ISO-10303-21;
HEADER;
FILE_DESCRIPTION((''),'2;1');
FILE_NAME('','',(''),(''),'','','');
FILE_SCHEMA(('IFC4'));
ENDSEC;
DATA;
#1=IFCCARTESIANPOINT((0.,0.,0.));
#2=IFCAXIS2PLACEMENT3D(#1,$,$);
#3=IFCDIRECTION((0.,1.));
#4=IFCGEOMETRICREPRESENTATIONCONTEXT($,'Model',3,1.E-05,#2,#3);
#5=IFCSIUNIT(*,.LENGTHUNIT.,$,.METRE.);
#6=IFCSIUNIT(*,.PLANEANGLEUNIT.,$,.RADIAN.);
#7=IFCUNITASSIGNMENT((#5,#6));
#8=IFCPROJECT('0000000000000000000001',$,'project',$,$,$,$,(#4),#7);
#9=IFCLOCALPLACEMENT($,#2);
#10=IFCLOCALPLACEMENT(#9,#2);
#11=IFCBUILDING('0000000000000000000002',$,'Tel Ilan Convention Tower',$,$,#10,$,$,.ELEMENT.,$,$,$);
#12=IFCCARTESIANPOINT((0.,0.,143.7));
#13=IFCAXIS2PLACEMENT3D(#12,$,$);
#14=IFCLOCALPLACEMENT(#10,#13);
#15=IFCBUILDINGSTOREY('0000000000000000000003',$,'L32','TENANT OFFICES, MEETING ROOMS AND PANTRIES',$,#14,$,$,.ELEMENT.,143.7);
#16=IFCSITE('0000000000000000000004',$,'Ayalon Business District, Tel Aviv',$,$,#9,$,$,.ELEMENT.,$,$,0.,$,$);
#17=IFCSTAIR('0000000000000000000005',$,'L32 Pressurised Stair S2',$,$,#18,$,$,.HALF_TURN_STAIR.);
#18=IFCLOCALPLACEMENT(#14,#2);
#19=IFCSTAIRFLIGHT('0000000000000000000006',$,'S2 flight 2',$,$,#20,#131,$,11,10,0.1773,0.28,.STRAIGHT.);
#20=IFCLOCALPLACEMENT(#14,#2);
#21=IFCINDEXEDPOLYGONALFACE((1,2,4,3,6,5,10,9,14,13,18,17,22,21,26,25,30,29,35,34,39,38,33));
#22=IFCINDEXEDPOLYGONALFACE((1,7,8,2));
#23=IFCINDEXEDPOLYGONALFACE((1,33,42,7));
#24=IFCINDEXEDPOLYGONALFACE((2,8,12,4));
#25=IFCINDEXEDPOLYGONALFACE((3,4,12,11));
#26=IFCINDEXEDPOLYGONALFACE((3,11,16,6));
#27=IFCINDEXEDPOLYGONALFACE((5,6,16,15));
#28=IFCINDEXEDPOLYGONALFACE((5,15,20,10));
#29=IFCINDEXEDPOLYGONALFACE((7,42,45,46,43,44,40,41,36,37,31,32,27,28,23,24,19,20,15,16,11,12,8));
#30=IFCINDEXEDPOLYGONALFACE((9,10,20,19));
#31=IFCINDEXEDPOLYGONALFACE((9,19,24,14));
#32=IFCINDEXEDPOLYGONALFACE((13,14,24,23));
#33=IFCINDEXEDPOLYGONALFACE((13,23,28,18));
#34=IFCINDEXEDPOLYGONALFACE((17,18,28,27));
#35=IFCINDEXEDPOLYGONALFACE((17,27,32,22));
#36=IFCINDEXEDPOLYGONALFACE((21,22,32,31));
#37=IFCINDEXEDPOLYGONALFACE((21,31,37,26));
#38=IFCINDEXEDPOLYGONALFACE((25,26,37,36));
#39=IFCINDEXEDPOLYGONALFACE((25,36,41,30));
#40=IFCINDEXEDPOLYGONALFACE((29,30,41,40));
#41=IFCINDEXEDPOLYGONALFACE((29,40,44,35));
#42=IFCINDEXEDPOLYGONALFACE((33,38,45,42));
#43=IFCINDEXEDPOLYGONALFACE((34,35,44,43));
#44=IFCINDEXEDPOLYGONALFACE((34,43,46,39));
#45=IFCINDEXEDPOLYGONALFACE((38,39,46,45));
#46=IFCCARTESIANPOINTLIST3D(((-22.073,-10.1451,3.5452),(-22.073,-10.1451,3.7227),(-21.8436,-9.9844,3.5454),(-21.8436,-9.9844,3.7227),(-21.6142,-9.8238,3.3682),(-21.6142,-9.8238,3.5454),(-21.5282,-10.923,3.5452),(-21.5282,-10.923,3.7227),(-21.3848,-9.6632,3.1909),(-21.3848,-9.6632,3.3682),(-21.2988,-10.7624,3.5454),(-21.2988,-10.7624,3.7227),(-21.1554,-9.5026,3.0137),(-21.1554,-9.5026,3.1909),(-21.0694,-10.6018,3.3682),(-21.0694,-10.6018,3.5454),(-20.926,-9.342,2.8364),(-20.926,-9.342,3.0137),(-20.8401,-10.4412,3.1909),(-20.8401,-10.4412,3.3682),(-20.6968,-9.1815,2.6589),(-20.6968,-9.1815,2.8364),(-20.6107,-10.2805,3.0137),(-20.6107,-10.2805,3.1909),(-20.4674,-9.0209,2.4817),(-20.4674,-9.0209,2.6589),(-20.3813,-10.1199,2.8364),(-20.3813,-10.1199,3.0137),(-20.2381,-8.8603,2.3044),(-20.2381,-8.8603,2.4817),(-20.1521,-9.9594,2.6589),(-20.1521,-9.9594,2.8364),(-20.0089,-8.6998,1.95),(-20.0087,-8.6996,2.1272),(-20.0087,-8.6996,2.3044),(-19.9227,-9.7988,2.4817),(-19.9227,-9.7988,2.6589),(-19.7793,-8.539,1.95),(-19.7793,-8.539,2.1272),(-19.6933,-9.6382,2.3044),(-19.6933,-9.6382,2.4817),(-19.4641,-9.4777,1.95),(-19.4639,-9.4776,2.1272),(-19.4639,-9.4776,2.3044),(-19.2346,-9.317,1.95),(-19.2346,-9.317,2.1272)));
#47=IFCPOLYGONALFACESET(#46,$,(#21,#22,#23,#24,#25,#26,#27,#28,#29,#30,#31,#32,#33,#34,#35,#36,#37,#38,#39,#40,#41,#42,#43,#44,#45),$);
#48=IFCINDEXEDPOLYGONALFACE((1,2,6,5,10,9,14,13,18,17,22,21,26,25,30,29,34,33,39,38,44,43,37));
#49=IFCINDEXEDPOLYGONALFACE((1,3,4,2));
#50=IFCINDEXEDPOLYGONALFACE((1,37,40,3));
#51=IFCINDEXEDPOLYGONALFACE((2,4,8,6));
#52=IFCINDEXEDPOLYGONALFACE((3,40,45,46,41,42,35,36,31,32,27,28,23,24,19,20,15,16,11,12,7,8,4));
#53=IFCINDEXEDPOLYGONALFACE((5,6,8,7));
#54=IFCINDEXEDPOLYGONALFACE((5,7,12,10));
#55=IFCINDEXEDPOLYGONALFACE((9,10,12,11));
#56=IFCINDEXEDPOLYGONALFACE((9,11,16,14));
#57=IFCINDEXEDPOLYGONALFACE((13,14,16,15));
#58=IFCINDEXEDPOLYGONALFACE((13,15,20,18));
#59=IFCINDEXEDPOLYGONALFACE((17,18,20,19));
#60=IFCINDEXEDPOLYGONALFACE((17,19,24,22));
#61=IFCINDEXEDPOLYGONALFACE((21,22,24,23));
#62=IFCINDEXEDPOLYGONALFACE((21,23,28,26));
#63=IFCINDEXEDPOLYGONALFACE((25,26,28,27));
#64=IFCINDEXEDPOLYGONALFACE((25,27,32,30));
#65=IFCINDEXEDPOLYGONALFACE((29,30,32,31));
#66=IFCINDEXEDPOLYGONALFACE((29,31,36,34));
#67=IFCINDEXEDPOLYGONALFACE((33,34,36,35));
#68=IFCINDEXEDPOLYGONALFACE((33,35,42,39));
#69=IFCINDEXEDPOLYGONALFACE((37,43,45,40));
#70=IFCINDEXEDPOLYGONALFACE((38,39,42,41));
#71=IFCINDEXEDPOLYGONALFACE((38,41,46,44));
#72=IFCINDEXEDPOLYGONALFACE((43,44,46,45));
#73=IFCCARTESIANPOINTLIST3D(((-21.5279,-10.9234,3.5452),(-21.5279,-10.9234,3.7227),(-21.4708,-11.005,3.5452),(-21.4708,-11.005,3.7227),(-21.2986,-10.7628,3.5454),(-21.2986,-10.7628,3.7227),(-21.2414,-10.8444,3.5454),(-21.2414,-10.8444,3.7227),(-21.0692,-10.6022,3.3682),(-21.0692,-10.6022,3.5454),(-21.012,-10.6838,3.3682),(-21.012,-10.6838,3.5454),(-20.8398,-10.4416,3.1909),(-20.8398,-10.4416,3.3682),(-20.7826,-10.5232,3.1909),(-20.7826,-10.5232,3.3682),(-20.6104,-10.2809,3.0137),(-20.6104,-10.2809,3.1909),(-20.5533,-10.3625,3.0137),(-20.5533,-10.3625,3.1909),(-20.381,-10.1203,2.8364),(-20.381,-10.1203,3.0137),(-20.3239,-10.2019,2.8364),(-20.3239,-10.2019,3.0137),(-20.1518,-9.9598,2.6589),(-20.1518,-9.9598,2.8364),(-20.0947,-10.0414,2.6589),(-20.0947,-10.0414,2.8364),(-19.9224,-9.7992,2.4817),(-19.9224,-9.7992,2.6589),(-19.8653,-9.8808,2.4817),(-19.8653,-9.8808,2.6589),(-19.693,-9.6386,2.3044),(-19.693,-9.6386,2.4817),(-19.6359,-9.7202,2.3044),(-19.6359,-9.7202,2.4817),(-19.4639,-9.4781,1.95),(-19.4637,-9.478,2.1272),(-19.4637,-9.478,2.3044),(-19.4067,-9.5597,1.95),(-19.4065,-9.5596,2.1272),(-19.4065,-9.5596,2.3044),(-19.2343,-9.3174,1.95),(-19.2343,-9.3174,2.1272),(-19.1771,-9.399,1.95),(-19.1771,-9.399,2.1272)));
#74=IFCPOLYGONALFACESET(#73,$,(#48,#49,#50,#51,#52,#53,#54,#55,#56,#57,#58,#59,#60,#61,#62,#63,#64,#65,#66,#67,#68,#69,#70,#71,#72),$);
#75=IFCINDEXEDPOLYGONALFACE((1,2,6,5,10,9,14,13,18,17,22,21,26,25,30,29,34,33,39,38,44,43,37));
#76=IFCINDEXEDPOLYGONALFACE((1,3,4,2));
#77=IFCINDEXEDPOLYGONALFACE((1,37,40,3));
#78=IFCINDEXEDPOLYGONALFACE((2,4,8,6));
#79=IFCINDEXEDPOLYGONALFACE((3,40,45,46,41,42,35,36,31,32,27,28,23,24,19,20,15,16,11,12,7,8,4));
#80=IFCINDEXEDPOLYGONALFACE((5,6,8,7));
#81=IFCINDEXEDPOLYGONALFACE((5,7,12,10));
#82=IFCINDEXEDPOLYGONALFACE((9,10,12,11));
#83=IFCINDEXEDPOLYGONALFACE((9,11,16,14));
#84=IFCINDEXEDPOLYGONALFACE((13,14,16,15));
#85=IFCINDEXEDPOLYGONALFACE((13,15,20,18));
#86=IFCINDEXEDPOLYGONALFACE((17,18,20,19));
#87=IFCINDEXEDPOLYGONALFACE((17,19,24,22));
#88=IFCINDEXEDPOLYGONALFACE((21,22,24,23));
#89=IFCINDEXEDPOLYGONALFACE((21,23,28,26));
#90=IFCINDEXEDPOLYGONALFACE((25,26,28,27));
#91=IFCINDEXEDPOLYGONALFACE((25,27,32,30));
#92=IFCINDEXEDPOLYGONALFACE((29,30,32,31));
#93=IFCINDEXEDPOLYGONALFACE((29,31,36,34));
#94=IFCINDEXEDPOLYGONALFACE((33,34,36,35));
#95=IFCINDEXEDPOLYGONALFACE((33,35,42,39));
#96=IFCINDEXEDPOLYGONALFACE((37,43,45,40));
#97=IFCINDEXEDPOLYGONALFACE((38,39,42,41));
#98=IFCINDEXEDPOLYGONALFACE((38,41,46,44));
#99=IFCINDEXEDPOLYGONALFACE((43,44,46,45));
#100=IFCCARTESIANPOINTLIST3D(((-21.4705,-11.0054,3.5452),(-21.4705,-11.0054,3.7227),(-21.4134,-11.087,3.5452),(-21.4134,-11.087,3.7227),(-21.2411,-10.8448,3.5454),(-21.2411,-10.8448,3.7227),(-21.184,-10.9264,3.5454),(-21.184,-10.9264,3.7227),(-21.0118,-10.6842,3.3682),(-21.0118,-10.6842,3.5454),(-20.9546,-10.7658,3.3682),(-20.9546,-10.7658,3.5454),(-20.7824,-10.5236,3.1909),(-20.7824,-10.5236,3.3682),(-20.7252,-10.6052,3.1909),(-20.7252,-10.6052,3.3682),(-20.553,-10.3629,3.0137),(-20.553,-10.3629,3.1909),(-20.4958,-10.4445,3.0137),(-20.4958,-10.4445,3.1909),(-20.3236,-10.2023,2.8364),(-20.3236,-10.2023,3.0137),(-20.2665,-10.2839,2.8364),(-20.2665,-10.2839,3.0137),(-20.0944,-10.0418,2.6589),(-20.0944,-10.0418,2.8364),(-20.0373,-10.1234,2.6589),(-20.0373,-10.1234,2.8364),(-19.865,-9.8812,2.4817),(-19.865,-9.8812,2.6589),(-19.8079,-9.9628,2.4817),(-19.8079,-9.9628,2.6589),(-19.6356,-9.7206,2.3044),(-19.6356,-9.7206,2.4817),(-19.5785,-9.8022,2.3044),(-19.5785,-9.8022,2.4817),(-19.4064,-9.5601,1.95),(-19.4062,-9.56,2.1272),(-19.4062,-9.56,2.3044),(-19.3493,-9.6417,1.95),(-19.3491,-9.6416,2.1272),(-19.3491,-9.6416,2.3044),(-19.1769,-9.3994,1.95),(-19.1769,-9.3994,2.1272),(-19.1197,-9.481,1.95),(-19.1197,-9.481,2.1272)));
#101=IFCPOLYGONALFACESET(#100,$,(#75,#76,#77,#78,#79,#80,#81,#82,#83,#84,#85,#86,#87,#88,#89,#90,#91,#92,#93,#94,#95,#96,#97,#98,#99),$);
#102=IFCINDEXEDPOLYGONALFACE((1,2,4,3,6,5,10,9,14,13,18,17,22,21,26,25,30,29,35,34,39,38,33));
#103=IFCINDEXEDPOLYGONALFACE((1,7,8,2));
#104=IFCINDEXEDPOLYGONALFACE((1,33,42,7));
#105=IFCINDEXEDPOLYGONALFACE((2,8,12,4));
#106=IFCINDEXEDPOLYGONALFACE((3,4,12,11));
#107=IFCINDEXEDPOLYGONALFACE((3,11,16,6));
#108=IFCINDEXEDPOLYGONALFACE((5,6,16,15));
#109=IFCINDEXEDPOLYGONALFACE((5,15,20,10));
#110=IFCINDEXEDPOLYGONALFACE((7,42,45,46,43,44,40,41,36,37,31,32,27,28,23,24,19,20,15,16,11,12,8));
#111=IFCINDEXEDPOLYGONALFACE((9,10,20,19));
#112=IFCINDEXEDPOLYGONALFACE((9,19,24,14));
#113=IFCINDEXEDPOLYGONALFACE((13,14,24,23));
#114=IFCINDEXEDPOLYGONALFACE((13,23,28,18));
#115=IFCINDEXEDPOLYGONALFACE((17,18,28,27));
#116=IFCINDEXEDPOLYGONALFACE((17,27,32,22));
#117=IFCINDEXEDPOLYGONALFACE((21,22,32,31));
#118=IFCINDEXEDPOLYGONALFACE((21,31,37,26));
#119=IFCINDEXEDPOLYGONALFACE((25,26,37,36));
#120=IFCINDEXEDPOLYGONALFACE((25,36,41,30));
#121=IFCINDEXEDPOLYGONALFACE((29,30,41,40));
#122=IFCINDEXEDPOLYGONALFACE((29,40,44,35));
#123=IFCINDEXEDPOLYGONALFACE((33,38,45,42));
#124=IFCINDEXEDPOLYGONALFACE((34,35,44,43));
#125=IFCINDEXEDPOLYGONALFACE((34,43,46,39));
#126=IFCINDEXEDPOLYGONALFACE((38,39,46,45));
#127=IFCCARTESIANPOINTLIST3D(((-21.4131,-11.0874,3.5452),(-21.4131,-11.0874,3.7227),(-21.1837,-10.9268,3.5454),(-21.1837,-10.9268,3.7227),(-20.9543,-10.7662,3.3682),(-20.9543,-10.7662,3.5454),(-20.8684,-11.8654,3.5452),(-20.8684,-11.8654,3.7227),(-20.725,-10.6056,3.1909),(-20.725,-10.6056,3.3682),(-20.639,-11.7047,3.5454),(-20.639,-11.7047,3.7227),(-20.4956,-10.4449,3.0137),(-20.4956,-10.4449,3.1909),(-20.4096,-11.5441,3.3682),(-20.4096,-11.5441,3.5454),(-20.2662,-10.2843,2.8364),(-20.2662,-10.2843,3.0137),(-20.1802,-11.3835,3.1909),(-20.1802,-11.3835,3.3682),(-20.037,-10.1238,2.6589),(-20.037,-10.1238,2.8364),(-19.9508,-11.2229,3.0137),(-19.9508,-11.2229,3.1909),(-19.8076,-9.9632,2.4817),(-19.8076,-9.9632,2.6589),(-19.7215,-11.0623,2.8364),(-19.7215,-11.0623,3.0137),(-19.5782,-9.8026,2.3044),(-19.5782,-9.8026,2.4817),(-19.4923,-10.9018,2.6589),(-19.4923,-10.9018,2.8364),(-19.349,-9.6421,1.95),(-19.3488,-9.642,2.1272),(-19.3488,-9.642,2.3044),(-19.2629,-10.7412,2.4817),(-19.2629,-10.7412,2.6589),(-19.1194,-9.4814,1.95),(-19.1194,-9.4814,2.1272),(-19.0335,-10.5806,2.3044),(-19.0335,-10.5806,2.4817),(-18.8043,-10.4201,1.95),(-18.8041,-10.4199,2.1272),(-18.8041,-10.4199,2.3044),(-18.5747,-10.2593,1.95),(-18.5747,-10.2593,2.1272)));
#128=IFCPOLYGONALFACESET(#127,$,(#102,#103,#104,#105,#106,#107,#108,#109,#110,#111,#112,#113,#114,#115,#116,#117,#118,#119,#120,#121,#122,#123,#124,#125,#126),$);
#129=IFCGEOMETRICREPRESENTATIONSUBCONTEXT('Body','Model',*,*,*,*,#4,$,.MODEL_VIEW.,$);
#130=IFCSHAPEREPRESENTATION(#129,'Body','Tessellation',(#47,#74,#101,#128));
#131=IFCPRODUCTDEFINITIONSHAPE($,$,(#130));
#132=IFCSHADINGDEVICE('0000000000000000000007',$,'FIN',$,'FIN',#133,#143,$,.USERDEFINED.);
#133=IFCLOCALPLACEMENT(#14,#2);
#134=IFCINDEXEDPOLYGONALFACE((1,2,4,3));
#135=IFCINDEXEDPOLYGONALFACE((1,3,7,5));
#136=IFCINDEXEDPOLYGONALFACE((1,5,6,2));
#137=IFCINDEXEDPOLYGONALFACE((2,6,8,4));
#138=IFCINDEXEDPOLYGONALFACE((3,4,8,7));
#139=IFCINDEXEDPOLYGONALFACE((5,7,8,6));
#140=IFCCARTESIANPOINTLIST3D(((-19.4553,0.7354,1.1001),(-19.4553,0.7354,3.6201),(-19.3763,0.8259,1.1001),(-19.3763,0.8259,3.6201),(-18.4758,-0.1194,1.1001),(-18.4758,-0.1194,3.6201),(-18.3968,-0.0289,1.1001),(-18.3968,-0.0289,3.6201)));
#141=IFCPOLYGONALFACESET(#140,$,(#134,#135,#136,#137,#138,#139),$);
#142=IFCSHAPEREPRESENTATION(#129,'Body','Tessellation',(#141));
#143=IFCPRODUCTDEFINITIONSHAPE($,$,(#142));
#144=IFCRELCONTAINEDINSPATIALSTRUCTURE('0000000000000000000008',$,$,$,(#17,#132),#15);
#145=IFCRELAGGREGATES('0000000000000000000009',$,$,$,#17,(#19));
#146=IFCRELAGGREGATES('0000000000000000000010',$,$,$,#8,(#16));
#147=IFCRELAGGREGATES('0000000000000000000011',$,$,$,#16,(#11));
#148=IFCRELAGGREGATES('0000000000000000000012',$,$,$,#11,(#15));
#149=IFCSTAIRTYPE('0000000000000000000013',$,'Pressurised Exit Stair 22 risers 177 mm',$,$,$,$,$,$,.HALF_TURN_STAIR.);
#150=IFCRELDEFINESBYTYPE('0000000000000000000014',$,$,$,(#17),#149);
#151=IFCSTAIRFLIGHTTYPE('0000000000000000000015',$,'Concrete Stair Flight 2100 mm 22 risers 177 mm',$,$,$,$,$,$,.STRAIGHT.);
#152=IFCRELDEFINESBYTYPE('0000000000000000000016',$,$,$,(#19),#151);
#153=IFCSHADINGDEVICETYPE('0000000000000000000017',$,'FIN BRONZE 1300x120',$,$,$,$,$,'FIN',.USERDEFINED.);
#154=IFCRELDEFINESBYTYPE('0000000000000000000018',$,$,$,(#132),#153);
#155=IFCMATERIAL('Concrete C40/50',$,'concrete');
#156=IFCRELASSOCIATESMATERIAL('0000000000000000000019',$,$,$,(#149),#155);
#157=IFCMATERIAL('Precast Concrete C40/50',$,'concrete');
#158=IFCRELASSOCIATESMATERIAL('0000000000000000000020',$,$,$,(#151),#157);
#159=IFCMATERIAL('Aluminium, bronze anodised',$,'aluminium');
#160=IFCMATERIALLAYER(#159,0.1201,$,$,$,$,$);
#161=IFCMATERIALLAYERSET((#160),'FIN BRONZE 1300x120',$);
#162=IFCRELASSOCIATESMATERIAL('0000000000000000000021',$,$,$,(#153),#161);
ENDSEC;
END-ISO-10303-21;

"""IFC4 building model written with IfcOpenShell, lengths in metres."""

from ifc_helpers import new_model, si_unit, direction, frame, origin, origin_2d, place, context, subcontext, project, spatial, polyline, rectangle, outline, extrude, material, layer, layer_set, type_object, element, aggregate, save


model = new_model("IFC4")

# Units and contexts
model_context = context("Model", 3, precision=1e-05, world=origin(), true_north=direction((0.0, 1.0)))
body_context = subcontext(model_context, "Body", "Model", "MODEL_VIEW")
ifc_project = project(units=[si_unit("LENGTHUNIT", "METRE"), si_unit("PLANEANGLEUNIT", "RADIAN")], contexts=[model_context])

# Site, building, storey
site_placement = place(None, origin())
site = spatial("IfcSite", under=ifc_project, at=site_placement, Name="Ayalon Business District, Tel Aviv", CompositionType="ELEMENT", RefElevation=0.0)
building_placement = place(site_placement, origin())
building = spatial("IfcBuilding", under=site, at=building_placement, Name="Tel Ilan Convention Tower", CompositionType="ELEMENT")
storey_placement = place(building_placement, frame((0.0, 0.0, 143.7)))
storey = spatial("IfcBuildingStorey", under=building, at=storey_placement, Name="L32", Description="TENANT OFFICES, MEETING ROOMS AND PANTRIES", CompositionType="ELEMENT", Elevation=143.7)

# Stair, stair flight
ifc_material_1 = material(Name="Concrete C40/50", Category="concrete")
stair_type = type_object("IfcStairType", Name="Pressurised Exit Stair 22 risers 177 mm", PredefinedType="HALF_TURN_STAIR", material=ifc_material_1)
ifc_material_2 = material(Name="Precast Concrete C40/50", Category="concrete")
stair_flight_type = type_object("IfcStairFlightType", Name="Concrete Stair Flight 2100 mm 22 risers 177 mm", PredefinedType="STRAIGHT", material=ifc_material_2)
stair_1_placement = place(storey_placement, origin())
stair_1 = element("IfcStair", 1, at=stair_1_placement, inside=storey, type_object=stair_type, Name="L32 Pressurised Stair S2", PredefinedType="HALF_TURN_STAIR")
stair_flight_1_placement = place(storey_placement, frame((-19.177, -9.3992, 1.95), z_axis=(0.0, 0.0, 1.0), x_axis=(-0.819152, -0.573576, 0.0)))
stair_flight_1 = element("IfcStairFlight", 2, at=stair_flight_1_placement, type_object=stair_flight_type, Name="S2 flight 2", NumberOfRisers=11, NumberOfTreads=10, PredefinedType="STRAIGHT", RiserHeight=0.1773, TreadLength=0.28, context=body_context, shape_type="SweptSolid", body=[
    extrude(outline(polyline([(0.0, 0.0), (0.0, 0.1772), (0.28, 0.1772), (0.28, 0.3545), (0.5601, 0.3545), (0.5601, 0.5317), (0.8401, 0.5317), (0.8401, 0.709), (1.1201, 0.709), (1.1201, 0.8865), (1.3999, 0.8865), (1.3999, 1.0637), (1.6799, 1.0637), (1.6799, 1.241), (1.96, 1.241), (1.96, 1.4182), (2.24, 1.4182), (2.24, 1.5955), (2.52, 1.5955), (2.52, 1.7727), (2.8, 1.7727), (2.8, 1.95), (2.8, 1.5952), (0.2803, 0.0), (0.0, 0.0)])), frame((0.0, -0.1003, 0.0), z_axis=(0.0, -1.0, 0.0), x_axis=(1.0, 0.0, 0.0)), (0.0, 0.0, 1.0), 0.9497),
    extrude(outline(polyline([(0.0, 0.0), (0.0, 0.1772), (0.28, 0.1772), (0.28, 0.3545), (0.5601, 0.3545), (0.5601, 0.5317), (0.8401, 0.5317), (0.8401, 0.709), (1.1201, 0.709), (1.1201, 0.8865), (1.3999, 0.8865), (1.3999, 1.0637), (1.6799, 1.0637), (1.6799, 1.241), (1.96, 1.241), (1.96, 1.4182), (2.24, 1.4182), (2.24, 1.5955), (2.52, 1.5955), (2.52, 1.7727), (2.8, 1.7727), (2.8, 1.95), (2.8, 1.5952), (0.2803, 0.0), (0.0, 0.0)])), frame((0.0, -0.0002, 0.0), z_axis=(0.0, -1.0, 0.0), x_axis=(1.0, 0.0, 0.0)), (0.0, 0.0, 1.0), 0.0996),
    extrude(outline(polyline([(0.0, 0.0), (0.0, 0.1772), (0.28, 0.1772), (0.28, 0.3545), (0.5601, 0.3545), (0.5601, 0.5317), (0.8401, 0.5317), (0.8401, 0.709), (1.1201, 0.709), (1.1201, 0.8865), (1.3999, 0.8865), (1.3999, 1.0637), (1.6799, 1.0637), (1.6799, 1.241), (1.96, 1.241), (1.96, 1.4182), (2.24, 1.4182), (2.24, 1.5955), (2.52, 1.5955), (2.52, 1.7727), (2.8, 1.7727), (2.8, 1.95), (2.8, 1.5952), (0.2803, 0.0), (0.0, 0.0)])), frame((0.0, 0.0999, 0.0), z_axis=(0.0, -1.0, 0.0), x_axis=(1.0, 0.0, 0.0)), (0.0, 0.0, 1.0), 0.0996),
    extrude(outline(polyline([(0.0, 0.0), (0.0, 0.1772), (0.28, 0.1772), (0.28, 0.3545), (0.5601, 0.3545), (0.5601, 0.5317), (0.8401, 0.5317), (0.8401, 0.709), (1.1201, 0.709), (1.1201, 0.8865), (1.3999, 0.8865), (1.3999, 1.0637), (1.6799, 1.0637), (1.6799, 1.241), (1.96, 1.241), (1.96, 1.4182), (2.24, 1.4182), (2.24, 1.5955), (2.52, 1.5955), (2.52, 1.7727), (2.8, 1.7727), (2.8, 1.95), (2.8, 1.5952), (0.2803, 0.0), (0.0, 0.0)])), frame((0.0, 1.05, 0.0), z_axis=(0.0, -1.0, 0.0), x_axis=(1.0, 0.0, 0.0)), (0.0, 0.0, 1.0), 0.9497),
])
aggregate(stair_1, [stair_flight_1])

# Shading device
ifc_material_3 = material(Name="Aluminium, bronze anodised", Category="aluminium")
ifc_layer_1 = layer(ifc_material_3, 0.1201)
ifc_layer_set_1 = layer_set([ifc_layer_1], Name="FIN BRONZE 1300x120")
shading_device_type = type_object("IfcShadingDeviceType", Name="FIN BRONZE 1300x120", ElementType="FIN", PredefinedType="USERDEFINED", material=ifc_layer_set_1)
shading_device_placement = place(storey_placement, frame((-18.926, 0.3533, 1.1001), z_axis=(0.0, 0.0, 1.0), x_axis=(-0.753436, 0.657521, 0.0)))
element("IfcShadingDevice", 3, at=shading_device_placement, inside=storey, type_object=shading_device_type, Name="FIN", ObjectType="FIN", PredefinedType="USERDEFINED", context=body_context, shape_type="SweptSolid", body=[
    extrude(rectangle(XDim=1.3, YDim=0.1201, at=origin_2d()), origin(), (0.0, 0.0, 1.0), 2.52),
])

save(model, "model.ifc")
